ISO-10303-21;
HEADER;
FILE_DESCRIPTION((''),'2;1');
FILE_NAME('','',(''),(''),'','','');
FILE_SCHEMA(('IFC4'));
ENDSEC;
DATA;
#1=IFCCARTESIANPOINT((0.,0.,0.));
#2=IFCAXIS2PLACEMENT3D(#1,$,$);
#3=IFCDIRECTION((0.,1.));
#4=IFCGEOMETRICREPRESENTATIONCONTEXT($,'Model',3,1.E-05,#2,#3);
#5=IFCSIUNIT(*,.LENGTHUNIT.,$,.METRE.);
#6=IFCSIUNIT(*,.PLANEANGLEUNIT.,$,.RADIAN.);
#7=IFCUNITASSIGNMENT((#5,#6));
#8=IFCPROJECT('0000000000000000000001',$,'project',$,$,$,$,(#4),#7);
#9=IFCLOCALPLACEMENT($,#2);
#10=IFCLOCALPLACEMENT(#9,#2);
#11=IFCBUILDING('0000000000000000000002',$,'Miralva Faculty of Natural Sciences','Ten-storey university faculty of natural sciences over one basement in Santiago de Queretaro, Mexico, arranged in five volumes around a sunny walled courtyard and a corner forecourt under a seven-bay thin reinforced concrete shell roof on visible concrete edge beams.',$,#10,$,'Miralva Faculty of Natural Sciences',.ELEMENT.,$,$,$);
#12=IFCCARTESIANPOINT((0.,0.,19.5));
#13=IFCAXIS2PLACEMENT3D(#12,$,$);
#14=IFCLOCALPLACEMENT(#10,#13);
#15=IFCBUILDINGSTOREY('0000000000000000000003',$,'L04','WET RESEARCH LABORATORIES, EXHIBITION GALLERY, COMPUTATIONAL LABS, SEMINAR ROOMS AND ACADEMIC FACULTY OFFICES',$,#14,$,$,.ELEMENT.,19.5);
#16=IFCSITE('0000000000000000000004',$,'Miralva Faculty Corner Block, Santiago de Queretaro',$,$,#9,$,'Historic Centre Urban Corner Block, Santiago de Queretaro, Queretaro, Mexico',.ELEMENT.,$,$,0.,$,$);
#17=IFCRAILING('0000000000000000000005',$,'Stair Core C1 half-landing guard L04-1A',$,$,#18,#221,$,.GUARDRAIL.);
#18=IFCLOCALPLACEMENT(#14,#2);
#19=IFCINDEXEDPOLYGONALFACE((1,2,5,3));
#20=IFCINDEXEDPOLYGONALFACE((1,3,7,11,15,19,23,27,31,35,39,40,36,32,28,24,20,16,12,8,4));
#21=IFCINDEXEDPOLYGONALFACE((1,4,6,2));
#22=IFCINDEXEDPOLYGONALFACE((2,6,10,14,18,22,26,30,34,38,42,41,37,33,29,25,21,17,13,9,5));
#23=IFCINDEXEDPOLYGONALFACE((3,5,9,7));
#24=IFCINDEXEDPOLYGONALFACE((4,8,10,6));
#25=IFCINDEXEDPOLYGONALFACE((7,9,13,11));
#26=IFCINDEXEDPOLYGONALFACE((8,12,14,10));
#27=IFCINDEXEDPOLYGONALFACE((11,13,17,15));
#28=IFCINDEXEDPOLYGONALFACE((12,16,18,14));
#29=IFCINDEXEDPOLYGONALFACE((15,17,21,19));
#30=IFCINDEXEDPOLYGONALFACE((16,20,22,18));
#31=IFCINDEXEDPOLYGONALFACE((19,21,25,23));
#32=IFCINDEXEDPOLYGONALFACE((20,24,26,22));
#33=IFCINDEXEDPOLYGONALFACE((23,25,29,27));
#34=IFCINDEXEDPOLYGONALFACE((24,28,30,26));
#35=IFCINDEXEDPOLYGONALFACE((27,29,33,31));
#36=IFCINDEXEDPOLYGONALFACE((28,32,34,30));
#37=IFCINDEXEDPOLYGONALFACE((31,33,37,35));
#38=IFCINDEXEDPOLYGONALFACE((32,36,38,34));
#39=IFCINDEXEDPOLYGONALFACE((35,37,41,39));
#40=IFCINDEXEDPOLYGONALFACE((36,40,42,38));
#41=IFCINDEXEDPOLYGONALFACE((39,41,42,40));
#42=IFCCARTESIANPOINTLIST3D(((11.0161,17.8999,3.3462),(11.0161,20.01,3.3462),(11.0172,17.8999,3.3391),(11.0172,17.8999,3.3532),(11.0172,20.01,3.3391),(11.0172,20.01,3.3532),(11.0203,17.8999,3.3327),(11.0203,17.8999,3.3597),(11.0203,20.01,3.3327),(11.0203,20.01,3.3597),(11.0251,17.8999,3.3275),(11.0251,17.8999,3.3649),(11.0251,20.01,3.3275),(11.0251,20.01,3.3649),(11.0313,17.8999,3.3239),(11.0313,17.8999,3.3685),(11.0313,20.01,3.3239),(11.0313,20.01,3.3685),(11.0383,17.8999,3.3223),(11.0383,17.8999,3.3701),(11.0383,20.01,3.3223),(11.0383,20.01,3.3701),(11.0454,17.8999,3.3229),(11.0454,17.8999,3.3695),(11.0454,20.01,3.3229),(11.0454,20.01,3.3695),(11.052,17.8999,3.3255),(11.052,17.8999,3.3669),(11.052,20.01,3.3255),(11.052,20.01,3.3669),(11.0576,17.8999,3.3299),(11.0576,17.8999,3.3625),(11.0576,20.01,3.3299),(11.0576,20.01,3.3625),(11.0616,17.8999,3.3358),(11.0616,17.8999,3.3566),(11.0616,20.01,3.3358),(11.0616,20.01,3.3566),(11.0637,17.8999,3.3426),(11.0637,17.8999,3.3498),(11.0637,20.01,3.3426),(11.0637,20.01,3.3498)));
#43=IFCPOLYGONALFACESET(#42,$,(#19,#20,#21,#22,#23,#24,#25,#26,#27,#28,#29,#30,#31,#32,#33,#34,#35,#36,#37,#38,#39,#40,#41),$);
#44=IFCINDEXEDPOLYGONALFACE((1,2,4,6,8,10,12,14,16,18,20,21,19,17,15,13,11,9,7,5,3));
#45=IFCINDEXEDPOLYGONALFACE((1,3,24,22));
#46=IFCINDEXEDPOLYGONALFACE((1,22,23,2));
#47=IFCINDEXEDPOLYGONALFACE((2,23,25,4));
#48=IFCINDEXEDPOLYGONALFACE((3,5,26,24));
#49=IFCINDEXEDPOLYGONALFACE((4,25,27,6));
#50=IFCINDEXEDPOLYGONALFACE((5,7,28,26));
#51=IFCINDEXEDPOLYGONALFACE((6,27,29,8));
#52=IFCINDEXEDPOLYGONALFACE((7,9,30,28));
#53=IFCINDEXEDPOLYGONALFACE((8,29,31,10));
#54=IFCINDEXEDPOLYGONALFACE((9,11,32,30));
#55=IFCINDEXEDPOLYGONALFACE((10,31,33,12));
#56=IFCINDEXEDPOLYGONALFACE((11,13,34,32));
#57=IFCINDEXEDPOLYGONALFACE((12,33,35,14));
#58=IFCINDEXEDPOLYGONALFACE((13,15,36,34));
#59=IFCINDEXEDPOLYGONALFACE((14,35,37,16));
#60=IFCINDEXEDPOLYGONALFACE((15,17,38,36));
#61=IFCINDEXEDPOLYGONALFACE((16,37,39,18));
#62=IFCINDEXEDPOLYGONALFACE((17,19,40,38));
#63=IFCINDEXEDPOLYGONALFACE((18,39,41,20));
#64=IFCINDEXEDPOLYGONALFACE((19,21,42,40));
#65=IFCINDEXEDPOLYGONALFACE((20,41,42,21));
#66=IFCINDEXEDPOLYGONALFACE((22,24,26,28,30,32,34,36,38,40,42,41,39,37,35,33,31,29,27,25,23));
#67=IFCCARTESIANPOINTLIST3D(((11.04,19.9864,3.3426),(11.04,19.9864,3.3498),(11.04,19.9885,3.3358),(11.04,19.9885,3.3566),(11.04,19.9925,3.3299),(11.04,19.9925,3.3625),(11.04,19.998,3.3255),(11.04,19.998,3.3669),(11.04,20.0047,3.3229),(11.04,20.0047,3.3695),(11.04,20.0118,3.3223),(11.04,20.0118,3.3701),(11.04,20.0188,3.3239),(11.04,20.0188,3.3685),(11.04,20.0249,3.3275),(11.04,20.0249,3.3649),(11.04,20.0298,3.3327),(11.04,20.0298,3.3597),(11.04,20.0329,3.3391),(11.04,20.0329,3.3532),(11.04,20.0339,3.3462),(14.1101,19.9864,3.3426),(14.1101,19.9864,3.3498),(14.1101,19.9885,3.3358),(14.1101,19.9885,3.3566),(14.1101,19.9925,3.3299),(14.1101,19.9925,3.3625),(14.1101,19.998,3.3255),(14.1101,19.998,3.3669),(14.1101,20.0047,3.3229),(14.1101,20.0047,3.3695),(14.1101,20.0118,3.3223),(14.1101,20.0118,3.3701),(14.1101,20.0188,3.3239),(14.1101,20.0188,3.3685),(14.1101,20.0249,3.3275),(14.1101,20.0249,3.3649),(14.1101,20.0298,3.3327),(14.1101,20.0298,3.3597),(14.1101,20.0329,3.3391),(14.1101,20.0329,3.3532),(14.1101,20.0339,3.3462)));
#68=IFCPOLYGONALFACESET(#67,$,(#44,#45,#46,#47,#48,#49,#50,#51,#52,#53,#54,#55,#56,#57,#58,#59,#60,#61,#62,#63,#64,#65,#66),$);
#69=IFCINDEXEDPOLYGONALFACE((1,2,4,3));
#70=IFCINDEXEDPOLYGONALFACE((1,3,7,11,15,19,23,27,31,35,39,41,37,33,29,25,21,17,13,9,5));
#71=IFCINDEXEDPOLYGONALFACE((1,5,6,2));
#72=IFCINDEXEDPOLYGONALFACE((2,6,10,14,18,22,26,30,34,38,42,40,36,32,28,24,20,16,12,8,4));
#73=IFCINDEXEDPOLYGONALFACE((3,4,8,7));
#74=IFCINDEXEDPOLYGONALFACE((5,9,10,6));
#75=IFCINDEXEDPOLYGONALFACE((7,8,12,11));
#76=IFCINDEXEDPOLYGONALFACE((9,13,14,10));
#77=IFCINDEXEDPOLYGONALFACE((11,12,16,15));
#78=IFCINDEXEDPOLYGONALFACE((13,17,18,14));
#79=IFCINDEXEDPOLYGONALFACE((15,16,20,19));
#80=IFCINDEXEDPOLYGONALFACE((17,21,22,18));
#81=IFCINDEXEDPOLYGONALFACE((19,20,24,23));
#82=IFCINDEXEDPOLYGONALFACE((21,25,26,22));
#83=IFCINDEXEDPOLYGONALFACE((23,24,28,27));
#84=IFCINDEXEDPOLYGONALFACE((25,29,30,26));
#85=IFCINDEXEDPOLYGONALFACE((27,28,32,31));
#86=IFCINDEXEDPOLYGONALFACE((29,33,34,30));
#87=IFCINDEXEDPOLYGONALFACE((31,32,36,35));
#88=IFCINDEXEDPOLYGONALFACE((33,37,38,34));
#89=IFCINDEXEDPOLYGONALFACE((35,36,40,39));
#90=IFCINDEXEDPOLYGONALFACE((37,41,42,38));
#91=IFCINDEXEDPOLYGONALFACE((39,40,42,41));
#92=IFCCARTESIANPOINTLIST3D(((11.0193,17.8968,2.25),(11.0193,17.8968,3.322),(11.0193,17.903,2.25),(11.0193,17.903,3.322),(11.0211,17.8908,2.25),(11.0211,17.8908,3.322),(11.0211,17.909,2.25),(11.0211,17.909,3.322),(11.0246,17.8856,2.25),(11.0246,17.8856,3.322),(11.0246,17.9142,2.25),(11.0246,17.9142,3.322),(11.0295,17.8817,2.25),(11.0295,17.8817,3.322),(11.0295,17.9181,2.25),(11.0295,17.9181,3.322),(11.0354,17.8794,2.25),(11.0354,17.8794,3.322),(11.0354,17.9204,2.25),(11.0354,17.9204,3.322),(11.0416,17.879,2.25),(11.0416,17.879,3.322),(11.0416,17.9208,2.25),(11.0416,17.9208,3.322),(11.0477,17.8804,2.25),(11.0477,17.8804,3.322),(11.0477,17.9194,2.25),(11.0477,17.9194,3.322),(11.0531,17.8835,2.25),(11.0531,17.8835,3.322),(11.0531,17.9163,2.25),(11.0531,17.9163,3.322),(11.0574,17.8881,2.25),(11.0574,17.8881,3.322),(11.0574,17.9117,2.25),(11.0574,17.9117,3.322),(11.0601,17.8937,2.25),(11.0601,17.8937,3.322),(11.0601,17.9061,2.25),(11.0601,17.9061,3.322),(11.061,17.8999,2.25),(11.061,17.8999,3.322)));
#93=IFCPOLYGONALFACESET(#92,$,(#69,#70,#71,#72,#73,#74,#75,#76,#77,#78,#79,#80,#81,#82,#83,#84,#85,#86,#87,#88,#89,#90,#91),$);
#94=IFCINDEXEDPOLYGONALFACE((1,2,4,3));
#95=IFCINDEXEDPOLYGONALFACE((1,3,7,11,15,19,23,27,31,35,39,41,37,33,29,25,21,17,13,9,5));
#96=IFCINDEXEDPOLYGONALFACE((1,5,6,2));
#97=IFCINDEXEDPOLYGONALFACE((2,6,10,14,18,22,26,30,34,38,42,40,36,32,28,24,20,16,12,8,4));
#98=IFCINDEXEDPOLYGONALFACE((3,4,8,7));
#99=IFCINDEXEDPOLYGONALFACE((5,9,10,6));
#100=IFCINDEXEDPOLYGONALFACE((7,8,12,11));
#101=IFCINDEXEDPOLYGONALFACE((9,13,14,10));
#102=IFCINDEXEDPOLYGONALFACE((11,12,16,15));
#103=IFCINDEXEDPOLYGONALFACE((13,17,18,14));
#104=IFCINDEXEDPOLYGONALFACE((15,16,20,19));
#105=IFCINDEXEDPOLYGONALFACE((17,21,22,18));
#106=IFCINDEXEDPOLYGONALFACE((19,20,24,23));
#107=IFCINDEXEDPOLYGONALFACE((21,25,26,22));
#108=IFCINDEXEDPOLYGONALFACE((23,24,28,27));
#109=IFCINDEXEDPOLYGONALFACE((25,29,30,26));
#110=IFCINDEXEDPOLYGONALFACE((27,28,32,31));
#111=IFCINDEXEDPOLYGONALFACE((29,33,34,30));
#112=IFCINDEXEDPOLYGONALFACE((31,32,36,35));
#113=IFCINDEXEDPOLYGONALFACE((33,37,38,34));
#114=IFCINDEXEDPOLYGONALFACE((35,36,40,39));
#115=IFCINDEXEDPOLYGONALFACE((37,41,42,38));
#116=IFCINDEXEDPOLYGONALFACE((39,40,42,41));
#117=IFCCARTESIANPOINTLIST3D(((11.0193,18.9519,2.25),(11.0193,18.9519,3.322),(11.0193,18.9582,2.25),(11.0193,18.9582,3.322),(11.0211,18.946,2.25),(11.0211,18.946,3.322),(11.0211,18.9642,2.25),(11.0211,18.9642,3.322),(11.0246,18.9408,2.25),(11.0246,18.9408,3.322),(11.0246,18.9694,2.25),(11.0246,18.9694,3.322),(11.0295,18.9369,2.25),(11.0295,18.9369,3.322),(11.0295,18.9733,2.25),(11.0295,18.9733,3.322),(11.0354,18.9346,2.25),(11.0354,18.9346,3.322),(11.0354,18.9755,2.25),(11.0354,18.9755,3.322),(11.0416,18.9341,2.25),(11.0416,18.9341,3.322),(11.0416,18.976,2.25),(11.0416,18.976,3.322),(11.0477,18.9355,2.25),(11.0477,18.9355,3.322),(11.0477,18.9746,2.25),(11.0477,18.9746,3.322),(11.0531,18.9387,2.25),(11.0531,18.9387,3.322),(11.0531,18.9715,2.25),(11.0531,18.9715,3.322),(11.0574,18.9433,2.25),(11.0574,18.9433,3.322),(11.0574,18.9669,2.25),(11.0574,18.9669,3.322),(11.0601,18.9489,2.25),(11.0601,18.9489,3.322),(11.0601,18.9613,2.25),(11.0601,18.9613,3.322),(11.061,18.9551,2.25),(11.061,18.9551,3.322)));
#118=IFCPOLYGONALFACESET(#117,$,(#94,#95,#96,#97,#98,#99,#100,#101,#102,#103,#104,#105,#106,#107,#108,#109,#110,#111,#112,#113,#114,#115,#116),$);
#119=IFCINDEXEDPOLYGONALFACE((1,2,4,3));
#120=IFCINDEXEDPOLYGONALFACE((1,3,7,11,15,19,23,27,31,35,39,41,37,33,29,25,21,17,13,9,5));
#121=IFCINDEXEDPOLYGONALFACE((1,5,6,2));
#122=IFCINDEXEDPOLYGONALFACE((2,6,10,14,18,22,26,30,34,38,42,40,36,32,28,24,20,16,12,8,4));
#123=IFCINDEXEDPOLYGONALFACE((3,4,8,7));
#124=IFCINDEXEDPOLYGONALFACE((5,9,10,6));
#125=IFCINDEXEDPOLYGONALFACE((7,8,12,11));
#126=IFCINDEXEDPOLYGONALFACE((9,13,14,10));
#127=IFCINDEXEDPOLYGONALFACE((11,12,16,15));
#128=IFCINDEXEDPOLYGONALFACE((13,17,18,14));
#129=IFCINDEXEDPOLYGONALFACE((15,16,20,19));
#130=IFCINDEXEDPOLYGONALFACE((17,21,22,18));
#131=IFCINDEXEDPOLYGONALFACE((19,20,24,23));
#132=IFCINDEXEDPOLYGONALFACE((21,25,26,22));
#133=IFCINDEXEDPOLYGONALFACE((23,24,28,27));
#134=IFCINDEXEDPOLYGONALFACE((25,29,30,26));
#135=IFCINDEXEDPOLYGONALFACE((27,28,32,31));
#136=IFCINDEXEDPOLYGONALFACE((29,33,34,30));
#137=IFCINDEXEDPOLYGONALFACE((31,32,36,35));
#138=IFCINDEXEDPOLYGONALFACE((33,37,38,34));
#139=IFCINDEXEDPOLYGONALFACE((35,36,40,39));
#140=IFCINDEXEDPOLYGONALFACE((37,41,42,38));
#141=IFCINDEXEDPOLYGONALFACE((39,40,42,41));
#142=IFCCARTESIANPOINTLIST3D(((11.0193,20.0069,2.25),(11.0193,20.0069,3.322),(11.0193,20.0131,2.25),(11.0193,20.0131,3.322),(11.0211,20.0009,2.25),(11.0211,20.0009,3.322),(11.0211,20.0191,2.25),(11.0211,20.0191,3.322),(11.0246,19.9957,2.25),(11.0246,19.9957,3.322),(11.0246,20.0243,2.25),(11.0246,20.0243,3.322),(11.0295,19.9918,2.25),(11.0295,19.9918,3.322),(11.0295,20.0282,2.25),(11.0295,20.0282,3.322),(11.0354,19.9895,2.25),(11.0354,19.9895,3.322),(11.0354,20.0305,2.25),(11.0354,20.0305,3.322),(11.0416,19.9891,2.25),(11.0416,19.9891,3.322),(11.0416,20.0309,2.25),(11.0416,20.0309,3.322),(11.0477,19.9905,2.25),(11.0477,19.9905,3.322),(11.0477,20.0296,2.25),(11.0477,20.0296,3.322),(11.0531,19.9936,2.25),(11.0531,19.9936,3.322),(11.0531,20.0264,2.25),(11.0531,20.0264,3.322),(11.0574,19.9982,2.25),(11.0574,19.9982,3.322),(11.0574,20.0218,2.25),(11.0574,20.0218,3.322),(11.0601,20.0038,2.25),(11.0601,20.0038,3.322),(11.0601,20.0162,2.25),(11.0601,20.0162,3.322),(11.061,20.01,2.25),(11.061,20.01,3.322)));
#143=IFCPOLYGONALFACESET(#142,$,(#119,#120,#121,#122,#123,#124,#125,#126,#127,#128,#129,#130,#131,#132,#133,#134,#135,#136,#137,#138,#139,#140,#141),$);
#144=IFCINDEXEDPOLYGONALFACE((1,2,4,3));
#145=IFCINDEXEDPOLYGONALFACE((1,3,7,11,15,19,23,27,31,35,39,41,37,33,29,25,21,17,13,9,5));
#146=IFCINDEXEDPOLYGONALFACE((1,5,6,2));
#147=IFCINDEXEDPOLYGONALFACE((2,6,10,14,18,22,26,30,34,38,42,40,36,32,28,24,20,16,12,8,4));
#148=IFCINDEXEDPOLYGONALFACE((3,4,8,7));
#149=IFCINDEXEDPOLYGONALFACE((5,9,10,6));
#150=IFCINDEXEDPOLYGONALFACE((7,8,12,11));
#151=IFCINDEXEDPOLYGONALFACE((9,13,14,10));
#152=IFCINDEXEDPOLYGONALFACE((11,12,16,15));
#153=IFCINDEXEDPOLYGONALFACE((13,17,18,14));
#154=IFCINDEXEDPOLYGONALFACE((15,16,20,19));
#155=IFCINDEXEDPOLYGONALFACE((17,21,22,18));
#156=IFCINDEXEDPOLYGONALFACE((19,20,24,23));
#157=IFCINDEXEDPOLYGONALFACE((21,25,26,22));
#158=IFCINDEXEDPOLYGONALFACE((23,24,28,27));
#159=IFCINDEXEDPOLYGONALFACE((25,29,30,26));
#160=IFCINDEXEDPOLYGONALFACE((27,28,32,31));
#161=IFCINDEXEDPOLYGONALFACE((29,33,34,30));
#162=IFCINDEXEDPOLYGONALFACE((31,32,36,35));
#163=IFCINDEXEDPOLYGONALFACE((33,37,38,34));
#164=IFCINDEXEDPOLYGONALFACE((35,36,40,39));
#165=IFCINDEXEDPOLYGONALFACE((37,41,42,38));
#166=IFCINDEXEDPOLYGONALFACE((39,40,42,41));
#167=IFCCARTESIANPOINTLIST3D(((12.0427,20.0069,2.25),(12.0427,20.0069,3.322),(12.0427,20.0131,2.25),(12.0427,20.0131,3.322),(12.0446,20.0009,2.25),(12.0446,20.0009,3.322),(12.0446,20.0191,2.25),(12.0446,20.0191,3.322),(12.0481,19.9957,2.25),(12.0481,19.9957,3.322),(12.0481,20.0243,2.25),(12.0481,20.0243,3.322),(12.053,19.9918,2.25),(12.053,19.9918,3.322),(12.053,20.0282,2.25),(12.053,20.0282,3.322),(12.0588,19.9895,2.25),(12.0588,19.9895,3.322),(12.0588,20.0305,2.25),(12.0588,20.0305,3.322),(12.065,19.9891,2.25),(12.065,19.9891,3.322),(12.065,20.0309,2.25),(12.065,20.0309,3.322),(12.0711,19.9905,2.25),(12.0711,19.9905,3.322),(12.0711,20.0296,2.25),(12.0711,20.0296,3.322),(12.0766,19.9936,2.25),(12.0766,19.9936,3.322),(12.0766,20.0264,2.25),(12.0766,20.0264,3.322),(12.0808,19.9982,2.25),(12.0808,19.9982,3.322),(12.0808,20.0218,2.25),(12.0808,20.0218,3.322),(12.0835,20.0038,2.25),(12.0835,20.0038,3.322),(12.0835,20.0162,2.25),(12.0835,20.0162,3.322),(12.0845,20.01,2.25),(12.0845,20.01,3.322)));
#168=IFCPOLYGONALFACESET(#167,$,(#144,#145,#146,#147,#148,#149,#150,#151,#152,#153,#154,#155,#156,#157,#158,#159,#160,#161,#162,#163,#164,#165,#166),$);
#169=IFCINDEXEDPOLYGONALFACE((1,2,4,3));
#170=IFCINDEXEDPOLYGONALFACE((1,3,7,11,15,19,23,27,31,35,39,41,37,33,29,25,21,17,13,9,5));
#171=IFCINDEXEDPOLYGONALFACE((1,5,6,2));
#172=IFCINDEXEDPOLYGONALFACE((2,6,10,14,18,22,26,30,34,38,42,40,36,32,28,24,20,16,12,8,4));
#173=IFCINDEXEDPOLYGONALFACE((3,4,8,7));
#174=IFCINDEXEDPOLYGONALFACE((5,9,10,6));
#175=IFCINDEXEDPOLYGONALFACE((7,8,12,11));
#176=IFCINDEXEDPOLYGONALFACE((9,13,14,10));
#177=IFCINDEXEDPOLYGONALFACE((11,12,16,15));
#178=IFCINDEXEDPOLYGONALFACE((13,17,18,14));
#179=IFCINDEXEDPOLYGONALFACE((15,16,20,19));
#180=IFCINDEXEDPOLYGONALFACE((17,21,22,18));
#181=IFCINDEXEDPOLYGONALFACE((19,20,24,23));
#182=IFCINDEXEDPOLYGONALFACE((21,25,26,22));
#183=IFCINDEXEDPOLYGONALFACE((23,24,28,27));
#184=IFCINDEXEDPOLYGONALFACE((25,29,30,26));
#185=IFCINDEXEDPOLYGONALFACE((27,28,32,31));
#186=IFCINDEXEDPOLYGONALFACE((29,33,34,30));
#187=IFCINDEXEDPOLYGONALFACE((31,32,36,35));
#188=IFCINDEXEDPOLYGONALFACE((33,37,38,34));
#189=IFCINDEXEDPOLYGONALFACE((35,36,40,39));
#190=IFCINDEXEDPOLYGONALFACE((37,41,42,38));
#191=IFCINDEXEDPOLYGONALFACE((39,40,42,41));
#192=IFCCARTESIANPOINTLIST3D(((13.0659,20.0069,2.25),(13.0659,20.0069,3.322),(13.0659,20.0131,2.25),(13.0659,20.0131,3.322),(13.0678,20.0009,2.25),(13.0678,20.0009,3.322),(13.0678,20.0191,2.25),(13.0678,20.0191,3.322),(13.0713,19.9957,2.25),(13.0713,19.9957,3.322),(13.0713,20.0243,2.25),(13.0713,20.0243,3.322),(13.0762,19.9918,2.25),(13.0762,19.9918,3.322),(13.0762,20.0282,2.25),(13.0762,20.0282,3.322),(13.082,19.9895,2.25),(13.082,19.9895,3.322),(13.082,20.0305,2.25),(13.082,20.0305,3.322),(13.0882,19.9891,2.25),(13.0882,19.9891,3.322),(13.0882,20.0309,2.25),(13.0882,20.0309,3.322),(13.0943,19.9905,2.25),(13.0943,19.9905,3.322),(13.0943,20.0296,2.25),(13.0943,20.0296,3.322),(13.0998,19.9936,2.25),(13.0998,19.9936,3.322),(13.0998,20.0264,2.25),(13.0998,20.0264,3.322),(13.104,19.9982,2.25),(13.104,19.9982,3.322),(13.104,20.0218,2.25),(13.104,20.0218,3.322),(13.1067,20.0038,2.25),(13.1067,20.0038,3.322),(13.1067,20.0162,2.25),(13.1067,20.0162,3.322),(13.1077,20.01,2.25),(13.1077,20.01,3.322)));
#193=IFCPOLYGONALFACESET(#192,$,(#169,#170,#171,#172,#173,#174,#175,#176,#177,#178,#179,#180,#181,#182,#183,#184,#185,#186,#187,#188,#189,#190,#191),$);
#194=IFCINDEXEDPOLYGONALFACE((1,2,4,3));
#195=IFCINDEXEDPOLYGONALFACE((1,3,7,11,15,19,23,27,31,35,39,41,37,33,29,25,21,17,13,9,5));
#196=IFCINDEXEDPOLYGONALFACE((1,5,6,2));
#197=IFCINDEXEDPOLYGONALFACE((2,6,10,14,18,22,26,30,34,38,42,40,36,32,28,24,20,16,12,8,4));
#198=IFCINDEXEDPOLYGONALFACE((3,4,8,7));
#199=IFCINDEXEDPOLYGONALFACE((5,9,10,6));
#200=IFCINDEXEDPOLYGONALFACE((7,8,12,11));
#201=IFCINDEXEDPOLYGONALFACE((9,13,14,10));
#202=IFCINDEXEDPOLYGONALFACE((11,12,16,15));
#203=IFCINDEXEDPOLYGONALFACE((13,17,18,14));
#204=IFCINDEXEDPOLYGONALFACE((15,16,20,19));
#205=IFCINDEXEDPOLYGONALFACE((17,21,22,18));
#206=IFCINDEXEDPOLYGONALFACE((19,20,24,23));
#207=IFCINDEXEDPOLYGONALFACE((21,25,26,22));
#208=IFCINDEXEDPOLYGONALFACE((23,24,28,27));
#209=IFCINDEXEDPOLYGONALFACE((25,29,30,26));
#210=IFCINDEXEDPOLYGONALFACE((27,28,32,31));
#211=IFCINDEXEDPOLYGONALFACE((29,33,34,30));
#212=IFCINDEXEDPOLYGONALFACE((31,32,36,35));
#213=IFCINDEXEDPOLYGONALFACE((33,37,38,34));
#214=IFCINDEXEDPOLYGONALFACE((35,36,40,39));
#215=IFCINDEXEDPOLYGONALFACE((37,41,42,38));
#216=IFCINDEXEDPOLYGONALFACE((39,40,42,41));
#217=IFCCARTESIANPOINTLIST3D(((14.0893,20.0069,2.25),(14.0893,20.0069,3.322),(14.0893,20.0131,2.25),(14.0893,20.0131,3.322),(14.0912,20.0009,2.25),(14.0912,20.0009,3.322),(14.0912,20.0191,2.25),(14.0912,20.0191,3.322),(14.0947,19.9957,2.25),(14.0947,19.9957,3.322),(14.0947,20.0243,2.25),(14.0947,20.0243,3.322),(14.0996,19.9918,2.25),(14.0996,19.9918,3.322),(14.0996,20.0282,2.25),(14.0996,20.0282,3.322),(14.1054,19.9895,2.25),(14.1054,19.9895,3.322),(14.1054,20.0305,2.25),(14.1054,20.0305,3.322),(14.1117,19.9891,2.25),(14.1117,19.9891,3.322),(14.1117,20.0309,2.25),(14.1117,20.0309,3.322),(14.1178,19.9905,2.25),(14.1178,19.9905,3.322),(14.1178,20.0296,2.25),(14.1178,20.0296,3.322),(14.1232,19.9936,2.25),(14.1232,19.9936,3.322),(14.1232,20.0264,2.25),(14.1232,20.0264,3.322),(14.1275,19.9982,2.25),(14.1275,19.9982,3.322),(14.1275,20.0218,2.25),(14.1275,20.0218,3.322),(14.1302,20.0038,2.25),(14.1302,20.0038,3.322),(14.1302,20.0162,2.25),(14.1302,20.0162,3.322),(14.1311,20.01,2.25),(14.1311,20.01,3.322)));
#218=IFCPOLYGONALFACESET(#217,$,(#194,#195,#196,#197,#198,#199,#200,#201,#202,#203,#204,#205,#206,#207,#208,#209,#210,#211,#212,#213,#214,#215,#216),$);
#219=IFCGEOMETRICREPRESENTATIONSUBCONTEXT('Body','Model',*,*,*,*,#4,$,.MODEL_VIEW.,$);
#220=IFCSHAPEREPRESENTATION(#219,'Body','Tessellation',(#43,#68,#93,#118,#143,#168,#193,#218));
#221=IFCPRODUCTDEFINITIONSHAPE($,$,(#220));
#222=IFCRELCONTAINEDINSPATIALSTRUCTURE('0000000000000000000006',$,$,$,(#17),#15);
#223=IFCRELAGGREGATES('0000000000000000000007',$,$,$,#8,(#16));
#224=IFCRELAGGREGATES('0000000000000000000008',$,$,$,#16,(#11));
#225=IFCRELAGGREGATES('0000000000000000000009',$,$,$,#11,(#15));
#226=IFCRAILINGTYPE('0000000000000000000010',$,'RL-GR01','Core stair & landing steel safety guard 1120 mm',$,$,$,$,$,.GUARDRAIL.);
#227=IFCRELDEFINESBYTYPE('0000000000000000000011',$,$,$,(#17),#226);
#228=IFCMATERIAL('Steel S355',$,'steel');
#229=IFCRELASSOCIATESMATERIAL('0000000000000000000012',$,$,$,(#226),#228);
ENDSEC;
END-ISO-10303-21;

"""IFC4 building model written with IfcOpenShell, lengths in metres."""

from ifc_helpers import new_model, si_unit, direction, frame, origin, origin_2d, place, context, subcontext, project, spatial, circle, extrude, material, type_object, element, save


model = new_model("IFC4")

# Units and contexts
model_context = context("Model", 3, precision=1e-05, world=origin(), true_north=direction((0.0, 1.0)))
body_context = subcontext(model_context, "Body", "Model", "MODEL_VIEW")
ifc_project = project(units=[si_unit("LENGTHUNIT", "METRE"), si_unit("PLANEANGLEUNIT", "RADIAN")], contexts=[model_context])

# Site, building, storey
site_placement = place(None, origin())
site = spatial("IfcSite", under=ifc_project, at=site_placement, Name="Miralva Faculty Corner Block, Santiago de Queretaro", LongName="Historic Centre Urban Corner Block, Santiago de Queretaro, Queretaro, Mexico", CompositionType="ELEMENT", RefElevation=0.0)
building_placement = place(site_placement, origin())
building = spatial("IfcBuilding", under=site, at=building_placement, Name="Miralva Faculty of Natural Sciences", Description="Ten-storey university faculty of natural sciences over one basement in Santiago de Queretaro, Mexico, arranged in five volumes around a sunny walled courtyard and a corner forecourt under a seven-bay thin reinforced concrete shell roof on visible concrete edge beams.", LongName="Miralva Faculty of Natural Sciences", CompositionType="ELEMENT")
storey_placement = place(building_placement, frame((0.0, 0.0, 19.5)))
storey = spatial("IfcBuildingStorey", under=building, at=storey_placement, Name="L04", Description="WET RESEARCH LABORATORIES, EXHIBITION GALLERY, COMPUTATIONAL LABS, SEMINAR ROOMS AND ACADEMIC FACULTY OFFICES", CompositionType="ELEMENT", Elevation=19.5)

# Railing
ifc_material_1 = material(Name="Steel S355", Category="steel")
railing_type_1 = type_object("IfcRailingType", Name="RL-GR01", Description="Core stair & landing steel safety guard 1120 mm", PredefinedType="GUARDRAIL", material=ifc_material_1)
railing_1_placement = place(storey_placement, frame((11.04, 17.8999, 2.25)))
element("IfcRailing", 1, at=railing_1_placement, inside=storey, type_object=railing_type_1, Name="Stair Core C1 half-landing guard L04-1A", PredefinedType="GUARDRAIL", context=body_context, shape_type="SweptSolid", body=[
    extrude(circle(Radius=0.0239, at=origin_2d()), frame((0.0, 0.0, 1.0962), z_axis=(0.0, 1.0, 0.0), x_axis=(-1.0, 0.0, 0.0)), (0.0, 0.0, 1.0), 2.1101),
    extrude(circle(Radius=0.0239, at=origin_2d()), frame((0.0, 2.1101, 1.0962), z_axis=(1.0, 0.0, 0.0), x_axis=(0.0, 1.0, 0.0)), (0.0, 0.0, 1.0), 3.0701),
    extrude(circle(Radius=0.021, at=origin_2d()), origin(), (0.0, 0.0, 1.0), 1.072),
    extrude(circle(Radius=0.021, at=origin_2d()), frame((0.0, 1.0552, 0.0)), (0.0, 0.0, 1.0), 1.072),
    extrude(circle(Radius=0.021, at=origin_2d()), frame((0.0, 2.1101, 0.0)), (0.0, 0.0, 1.0), 1.072),
    extrude(circle(Radius=0.021, at=origin_2d()), frame((1.0234, 2.1101, 0.0)), (0.0, 0.0, 1.0), 1.072),
    extrude(circle(Radius=0.021, at=origin_2d()), frame((2.0466, 2.1101, 0.0)), (0.0, 0.0, 1.0), 1.072),
    extrude(circle(Radius=0.021, at=origin_2d()), frame((3.0701, 2.1101, 0.0)), (0.0, 0.0, 1.0), 1.072),
])

save(model, "model.ifc")
